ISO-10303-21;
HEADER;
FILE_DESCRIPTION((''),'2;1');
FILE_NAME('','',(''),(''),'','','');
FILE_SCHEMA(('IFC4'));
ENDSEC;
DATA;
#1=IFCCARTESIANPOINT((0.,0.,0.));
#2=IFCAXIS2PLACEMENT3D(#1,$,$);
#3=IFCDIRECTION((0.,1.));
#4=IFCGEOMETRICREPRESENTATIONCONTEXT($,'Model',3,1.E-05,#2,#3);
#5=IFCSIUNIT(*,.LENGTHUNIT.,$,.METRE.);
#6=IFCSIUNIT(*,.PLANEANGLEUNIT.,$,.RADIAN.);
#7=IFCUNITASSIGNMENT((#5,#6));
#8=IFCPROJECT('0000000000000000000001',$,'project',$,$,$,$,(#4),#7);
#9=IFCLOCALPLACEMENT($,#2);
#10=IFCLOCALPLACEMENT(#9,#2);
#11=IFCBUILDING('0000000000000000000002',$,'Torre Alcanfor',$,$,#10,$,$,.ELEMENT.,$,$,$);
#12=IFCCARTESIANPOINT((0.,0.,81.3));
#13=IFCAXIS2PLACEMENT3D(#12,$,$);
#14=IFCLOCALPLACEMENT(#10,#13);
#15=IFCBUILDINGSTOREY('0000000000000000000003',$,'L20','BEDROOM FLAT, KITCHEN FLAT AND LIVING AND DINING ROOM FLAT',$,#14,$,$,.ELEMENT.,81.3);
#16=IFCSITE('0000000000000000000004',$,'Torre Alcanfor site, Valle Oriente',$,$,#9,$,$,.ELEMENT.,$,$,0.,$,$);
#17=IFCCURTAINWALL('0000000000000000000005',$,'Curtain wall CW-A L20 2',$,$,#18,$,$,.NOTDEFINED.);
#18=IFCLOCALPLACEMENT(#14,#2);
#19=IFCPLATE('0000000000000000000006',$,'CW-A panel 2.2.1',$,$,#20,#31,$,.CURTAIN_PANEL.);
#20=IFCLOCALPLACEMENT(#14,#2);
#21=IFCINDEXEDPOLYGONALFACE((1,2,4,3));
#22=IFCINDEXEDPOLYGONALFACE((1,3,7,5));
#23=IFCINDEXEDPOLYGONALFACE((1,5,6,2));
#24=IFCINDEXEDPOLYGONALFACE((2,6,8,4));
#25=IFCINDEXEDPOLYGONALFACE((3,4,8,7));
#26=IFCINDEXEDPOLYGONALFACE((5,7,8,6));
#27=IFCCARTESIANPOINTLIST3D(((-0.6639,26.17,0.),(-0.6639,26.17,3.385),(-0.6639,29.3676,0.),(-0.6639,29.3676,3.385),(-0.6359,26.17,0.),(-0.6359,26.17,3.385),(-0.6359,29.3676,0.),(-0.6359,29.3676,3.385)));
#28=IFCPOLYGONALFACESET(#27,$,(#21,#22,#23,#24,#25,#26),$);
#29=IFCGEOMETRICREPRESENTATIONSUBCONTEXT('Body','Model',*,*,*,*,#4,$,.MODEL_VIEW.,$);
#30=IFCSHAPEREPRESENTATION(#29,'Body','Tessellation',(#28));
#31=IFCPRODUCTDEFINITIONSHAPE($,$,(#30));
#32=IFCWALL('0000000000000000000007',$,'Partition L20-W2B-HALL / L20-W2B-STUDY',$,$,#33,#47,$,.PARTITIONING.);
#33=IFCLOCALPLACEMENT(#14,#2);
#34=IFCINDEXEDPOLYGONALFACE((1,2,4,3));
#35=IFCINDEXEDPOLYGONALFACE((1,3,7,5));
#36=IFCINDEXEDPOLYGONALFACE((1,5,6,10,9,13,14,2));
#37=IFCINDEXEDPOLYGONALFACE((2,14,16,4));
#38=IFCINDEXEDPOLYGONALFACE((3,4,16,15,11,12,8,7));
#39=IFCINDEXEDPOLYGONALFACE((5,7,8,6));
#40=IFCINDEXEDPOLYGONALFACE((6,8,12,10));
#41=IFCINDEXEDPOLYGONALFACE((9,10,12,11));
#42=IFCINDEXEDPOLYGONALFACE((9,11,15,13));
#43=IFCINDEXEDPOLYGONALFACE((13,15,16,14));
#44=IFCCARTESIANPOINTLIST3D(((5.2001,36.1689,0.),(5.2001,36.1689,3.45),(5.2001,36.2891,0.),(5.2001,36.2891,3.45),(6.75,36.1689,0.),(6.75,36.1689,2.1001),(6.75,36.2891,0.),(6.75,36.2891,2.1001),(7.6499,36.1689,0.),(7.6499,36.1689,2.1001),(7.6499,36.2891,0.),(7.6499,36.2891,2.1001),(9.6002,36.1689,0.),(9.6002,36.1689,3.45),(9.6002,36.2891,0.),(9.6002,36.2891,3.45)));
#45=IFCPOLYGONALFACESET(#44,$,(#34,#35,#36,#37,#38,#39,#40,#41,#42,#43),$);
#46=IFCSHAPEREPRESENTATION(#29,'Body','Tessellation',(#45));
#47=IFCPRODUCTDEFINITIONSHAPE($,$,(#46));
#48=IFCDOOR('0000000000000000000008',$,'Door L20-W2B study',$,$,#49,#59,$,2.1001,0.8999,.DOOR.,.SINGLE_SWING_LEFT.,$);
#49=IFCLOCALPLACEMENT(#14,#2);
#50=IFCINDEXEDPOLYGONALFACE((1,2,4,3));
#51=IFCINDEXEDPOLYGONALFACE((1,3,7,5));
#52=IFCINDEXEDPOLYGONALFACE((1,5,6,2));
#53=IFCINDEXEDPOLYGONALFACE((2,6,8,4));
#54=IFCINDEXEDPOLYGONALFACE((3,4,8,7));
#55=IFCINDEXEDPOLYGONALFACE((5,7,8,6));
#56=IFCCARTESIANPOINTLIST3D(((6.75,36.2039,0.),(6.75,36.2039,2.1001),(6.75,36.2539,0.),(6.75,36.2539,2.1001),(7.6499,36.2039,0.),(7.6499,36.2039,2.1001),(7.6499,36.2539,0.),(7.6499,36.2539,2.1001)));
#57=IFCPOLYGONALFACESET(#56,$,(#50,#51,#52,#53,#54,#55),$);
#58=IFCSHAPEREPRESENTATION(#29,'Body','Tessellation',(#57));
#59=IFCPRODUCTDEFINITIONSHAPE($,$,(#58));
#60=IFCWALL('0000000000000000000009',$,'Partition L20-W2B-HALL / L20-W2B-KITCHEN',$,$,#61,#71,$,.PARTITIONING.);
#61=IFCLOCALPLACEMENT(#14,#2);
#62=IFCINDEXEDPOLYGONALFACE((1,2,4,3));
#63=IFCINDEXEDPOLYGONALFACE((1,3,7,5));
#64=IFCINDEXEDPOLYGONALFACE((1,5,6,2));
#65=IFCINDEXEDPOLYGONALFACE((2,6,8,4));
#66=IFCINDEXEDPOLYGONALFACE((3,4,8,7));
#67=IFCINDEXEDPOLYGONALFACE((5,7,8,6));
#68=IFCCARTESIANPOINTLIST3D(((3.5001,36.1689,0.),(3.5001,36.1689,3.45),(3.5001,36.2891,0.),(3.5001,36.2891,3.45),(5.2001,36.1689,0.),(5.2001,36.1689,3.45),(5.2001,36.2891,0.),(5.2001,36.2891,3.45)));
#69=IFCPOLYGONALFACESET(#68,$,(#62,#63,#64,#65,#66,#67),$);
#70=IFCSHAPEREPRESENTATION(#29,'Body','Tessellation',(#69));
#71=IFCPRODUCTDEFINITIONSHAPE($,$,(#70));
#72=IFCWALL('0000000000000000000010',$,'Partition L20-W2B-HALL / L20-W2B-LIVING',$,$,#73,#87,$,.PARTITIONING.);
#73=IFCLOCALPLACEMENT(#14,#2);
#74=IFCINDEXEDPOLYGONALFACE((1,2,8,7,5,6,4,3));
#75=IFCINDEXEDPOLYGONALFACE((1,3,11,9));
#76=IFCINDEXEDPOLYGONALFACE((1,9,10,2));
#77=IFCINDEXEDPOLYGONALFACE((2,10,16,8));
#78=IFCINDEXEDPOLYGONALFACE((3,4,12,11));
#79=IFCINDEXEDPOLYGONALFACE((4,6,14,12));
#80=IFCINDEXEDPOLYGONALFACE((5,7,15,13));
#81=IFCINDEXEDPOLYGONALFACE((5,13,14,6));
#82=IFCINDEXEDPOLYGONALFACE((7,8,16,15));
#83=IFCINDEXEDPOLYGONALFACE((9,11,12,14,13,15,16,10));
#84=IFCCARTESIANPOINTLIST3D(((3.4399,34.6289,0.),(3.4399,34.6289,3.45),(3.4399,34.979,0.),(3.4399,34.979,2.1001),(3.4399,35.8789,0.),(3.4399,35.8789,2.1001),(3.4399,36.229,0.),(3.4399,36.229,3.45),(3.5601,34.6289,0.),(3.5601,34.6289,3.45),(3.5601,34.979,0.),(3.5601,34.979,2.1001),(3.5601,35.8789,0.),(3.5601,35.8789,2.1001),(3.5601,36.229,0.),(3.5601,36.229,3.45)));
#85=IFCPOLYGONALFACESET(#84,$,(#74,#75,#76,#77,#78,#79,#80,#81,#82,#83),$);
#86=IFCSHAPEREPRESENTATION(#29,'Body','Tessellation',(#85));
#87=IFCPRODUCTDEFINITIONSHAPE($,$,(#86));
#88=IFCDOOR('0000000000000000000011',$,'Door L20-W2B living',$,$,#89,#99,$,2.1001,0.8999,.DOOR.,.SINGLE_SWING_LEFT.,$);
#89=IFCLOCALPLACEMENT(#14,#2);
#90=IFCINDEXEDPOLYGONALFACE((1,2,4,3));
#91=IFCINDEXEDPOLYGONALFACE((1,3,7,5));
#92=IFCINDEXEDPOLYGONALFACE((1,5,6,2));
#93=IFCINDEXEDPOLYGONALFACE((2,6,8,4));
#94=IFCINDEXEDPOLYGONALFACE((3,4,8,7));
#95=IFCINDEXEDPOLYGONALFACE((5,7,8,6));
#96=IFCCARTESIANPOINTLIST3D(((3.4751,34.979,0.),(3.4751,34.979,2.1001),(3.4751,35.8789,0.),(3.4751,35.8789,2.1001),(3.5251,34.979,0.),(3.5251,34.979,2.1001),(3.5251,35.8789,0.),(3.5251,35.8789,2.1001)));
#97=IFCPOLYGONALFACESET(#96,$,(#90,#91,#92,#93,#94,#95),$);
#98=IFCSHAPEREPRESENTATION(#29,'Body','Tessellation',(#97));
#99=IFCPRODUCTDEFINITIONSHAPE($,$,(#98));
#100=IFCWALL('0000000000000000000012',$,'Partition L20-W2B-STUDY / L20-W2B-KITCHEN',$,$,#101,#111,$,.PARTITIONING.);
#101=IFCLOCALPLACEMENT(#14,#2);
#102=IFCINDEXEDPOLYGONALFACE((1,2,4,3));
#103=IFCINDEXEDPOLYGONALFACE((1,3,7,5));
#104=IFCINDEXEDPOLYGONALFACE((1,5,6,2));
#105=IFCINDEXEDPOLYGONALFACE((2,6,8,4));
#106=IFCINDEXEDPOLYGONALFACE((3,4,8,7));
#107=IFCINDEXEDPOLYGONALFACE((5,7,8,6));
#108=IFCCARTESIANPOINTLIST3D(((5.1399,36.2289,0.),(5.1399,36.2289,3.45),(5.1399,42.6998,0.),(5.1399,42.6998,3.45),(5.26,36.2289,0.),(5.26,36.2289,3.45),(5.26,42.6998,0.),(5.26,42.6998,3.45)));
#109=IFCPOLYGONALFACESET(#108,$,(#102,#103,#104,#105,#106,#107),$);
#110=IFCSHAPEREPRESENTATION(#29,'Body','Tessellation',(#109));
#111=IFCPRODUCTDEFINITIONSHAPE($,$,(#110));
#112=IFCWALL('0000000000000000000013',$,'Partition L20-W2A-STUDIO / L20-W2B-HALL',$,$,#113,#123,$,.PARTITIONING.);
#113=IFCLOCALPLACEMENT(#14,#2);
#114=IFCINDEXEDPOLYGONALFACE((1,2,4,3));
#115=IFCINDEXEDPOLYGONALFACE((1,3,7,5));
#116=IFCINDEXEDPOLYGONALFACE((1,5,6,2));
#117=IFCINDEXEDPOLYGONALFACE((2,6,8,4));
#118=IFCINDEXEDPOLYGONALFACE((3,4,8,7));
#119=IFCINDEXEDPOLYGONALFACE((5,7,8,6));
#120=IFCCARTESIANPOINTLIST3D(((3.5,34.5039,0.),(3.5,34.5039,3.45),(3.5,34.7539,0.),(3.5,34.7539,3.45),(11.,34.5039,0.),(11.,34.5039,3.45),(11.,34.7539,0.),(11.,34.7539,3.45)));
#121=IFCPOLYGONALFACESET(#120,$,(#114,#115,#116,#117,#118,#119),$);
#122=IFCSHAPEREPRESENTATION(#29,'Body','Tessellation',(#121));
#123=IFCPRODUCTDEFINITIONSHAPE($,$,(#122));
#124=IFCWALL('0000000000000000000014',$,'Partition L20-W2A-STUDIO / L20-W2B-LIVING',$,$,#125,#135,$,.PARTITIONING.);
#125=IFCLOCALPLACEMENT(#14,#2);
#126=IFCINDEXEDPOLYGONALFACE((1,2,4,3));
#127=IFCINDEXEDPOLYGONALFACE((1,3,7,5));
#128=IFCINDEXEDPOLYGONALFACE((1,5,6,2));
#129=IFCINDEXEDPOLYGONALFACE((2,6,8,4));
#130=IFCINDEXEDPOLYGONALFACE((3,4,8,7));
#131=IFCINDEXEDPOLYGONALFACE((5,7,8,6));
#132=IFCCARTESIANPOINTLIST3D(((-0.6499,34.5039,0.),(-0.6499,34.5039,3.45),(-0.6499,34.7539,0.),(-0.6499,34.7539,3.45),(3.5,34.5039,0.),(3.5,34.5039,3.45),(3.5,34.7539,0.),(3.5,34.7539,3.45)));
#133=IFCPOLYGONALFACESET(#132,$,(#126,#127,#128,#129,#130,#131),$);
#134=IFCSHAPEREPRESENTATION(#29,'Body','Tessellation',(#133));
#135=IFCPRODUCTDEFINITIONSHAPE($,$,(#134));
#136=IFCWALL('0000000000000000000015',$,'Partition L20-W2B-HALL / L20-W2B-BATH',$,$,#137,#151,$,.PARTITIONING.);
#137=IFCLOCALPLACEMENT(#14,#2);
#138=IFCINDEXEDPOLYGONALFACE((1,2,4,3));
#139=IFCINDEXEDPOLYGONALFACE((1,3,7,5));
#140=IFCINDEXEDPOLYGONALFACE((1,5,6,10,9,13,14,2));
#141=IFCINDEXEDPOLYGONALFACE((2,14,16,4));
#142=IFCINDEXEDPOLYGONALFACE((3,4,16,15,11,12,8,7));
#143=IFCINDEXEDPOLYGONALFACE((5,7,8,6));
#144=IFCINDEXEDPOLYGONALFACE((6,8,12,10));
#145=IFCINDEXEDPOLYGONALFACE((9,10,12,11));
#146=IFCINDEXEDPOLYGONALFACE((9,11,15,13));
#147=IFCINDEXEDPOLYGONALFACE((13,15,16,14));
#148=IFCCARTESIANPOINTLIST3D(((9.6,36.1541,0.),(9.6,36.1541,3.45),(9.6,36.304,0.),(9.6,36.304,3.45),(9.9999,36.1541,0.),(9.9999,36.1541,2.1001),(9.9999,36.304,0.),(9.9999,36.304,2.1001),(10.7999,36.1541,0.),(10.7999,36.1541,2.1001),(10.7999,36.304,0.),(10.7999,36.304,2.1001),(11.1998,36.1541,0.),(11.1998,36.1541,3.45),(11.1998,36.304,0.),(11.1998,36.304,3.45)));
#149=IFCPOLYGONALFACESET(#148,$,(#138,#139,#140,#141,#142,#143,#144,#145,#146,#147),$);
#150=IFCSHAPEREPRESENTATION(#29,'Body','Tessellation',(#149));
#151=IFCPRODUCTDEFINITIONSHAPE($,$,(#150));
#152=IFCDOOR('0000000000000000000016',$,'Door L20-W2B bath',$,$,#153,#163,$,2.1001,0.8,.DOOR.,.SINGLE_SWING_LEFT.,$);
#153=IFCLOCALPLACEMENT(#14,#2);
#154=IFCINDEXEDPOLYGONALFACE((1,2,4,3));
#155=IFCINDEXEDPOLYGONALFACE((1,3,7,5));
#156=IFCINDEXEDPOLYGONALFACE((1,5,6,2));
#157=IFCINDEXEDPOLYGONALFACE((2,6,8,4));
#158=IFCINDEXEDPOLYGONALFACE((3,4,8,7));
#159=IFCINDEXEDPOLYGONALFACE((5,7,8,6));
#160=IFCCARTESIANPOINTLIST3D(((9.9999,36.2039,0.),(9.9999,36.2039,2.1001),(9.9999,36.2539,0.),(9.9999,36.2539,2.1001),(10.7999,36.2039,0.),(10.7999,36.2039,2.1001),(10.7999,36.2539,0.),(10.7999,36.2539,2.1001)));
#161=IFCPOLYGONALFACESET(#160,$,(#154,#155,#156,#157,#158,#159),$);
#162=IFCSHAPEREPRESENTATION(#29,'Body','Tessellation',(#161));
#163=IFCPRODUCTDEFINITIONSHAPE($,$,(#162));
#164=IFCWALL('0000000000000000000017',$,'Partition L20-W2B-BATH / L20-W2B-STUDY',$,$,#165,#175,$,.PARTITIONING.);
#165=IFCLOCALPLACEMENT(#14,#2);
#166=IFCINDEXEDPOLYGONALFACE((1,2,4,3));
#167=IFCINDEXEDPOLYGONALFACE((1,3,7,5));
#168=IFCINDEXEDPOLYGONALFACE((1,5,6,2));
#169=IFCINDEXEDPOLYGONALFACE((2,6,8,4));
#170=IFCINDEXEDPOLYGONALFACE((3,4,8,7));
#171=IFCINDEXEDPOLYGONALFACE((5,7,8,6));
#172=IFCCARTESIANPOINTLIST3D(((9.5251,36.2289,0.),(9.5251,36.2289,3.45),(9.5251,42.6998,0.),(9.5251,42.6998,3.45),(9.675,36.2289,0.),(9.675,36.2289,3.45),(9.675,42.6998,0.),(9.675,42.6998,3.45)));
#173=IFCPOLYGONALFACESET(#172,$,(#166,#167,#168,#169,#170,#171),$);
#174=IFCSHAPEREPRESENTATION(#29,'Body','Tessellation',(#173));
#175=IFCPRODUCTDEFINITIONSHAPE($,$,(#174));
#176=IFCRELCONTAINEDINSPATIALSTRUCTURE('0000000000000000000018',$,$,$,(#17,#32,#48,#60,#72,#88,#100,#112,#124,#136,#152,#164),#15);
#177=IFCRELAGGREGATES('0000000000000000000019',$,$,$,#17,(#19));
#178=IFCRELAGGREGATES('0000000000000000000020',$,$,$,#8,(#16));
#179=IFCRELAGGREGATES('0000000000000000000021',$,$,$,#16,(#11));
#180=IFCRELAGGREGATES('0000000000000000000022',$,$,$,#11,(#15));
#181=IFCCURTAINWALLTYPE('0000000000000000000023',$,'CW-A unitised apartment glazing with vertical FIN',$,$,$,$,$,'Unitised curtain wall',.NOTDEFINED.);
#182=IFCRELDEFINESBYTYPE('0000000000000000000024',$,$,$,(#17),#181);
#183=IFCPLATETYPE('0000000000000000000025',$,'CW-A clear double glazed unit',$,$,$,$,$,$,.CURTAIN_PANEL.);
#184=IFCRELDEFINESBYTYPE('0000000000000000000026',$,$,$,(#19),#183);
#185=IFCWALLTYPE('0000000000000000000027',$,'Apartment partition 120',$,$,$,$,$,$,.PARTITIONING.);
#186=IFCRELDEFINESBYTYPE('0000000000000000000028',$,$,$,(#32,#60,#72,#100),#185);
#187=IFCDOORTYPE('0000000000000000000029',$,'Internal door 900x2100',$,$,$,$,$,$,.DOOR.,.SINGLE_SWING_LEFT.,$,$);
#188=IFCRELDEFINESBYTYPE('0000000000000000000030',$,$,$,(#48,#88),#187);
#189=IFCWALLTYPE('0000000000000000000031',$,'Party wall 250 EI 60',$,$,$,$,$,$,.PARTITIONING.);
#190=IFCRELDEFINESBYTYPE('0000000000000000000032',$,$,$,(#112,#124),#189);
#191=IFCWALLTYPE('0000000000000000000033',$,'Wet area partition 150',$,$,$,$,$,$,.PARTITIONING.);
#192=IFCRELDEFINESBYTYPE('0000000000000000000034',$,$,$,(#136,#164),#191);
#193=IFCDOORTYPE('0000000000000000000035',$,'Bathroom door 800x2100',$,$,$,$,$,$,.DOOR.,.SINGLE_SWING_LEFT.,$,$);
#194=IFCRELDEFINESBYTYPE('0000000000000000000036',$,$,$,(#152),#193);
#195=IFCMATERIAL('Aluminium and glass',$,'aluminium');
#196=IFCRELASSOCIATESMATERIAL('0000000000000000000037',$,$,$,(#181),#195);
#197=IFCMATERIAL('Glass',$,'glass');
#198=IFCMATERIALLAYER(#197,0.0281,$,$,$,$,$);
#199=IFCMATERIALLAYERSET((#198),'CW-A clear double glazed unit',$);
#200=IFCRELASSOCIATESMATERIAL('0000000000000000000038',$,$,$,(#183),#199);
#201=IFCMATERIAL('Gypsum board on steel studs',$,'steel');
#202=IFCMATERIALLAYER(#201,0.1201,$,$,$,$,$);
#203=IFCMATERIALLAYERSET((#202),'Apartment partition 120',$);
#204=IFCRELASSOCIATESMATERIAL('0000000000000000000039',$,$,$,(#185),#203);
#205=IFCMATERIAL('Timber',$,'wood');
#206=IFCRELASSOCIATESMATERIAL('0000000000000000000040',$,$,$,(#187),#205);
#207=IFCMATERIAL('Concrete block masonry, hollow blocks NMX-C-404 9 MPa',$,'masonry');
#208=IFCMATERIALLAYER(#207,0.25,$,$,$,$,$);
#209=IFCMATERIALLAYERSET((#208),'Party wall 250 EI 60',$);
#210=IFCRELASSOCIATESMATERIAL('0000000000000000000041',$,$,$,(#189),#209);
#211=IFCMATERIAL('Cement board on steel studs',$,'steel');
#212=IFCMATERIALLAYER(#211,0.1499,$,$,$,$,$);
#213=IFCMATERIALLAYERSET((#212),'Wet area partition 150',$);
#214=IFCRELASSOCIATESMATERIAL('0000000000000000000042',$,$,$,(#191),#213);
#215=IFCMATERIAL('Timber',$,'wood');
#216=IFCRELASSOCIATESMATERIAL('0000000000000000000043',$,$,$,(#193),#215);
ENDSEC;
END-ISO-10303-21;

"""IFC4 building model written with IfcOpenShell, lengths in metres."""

from ifc_helpers import new_model, si_unit, direction, frame, frame_2d, origin, origin_2d, place, context, subcontext, project, spatial, rectangle, extrude, material, layer, layer_set, type_object, element, fill, aggregate, save


model = new_model("IFC4")

# Units and contexts
model_context = context("Model", 3, precision=1e-05, world=origin(), true_north=direction((0.0, 1.0)))
body_context = subcontext(model_context, "Body", "Model", "MODEL_VIEW")
ifc_project = project(units=[si_unit("LENGTHUNIT", "METRE"), si_unit("PLANEANGLEUNIT", "RADIAN")], contexts=[model_context])

# Site, building, storey
site_placement = place(None, origin())
site = spatial("IfcSite", under=ifc_project, at=site_placement, Name="Torre Alcanfor site, Valle Oriente", CompositionType="ELEMENT", RefElevation=0.0)
building_placement = place(site_placement, origin())
building = spatial("IfcBuilding", under=site, at=building_placement, Name="Torre Alcanfor", CompositionType="ELEMENT")
storey_placement = place(building_placement, frame((0.0, 0.0, 81.3)))
storey = spatial("IfcBuildingStorey", under=building, at=storey_placement, Name="L20", Description="BEDROOM FLAT, KITCHEN FLAT AND LIVING AND DINING ROOM FLAT", CompositionType="ELEMENT", Elevation=81.3)

# Curtain wall
ifc_material_1 = material(Name="Aluminium and glass", Category="aluminium")
curtain_wall_type = type_object("IfcCurtainWallType", Name="CW-A unitised apartment glazing with vertical FIN", ElementType="Unitised curtain wall", PredefinedType="NOTDEFINED", material=ifc_material_1)
curtain_wall_placement = place(storey_placement, origin())
curtain_wall = element("IfcCurtainWall", 1, at=curtain_wall_placement, inside=storey, type_object=curtain_wall_type, Name="Curtain wall CW-A L20 2", PredefinedType="NOTDEFINED")

# Plate
ifc_material_2 = material(Name="Glass", Category="glass")
ifc_layer_1 = layer(ifc_material_2, 0.0281)
ifc_layer_set_1 = layer_set([ifc_layer_1], Name="CW-A clear double glazed unit")
plate_type = type_object("IfcPlateType", Name="CW-A clear double glazed unit", PredefinedType="CURTAIN_PANEL", material=ifc_layer_set_1)
plate_1_placement = place(storey_placement, frame((-0.6499, 27.7688, 0.0), z_axis=(0.0, 0.0, 1.0), x_axis=(0.0, -1.0, 0.0)))
plate_1 = element("IfcPlate", 2, at=plate_1_placement, type_object=plate_type, Name="CW-A panel 2.2.1", PredefinedType="CURTAIN_PANEL", context=body_context, shape_type="SweptSolid", body=[
    extrude(rectangle(XDim=3.1975, YDim=0.0281, at=origin_2d()), origin(), (0.0, 0.0, 1.0), 3.385),
])
aggregate(curtain_wall, [plate_1])

# Wall, opening, door
ifc_material_3 = material(Name="Gypsum board on steel studs", Category="steel")
ifc_layer_2 = layer(ifc_material_3, 0.1201)
ifc_layer_set_2 = layer_set([ifc_layer_2], Name="Apartment partition 120")
wall_type_1 = type_object("IfcWallType", Name="Apartment partition 120", PredefinedType="PARTITIONING", material=ifc_layer_set_2)
wall_1_placement = place(storey_placement, frame((5.2, 36.229, 0.0), z_axis=(0.0, 0.0, 1.0), x_axis=(1.0, 0.0, 0.0)))
wall_1 = element("IfcWall", 3, at=wall_1_placement, inside=storey, type_object=wall_type_1, Name="Partition L20-W2B-HALL / L20-W2B-STUDY", PredefinedType="PARTITIONING", context=body_context, shape_type="SweptSolid", body=[
    extrude(rectangle(XDim=4.4001, YDim=0.1201, at=frame_2d((2.2002, 0.0))), origin(), (0.0, 0.0, 1.0), 3.45),
])
opening_1_placement = place(wall_1_placement, frame((1.55, 0.0, 0.0)))
opening_1 = element("IfcOpeningElement", 4, at=opening_1_placement, cuts=wall_1, PredefinedType="OPENING", context=body_context, shape_type="SweptSolid", body=[
    extrude(rectangle(XDim=0.8999, YDim=2.1001, at=frame_2d((0.45, 1.05))), frame((0.0, 0.0701, 0.0), z_axis=(0.0, -1.0, 0.0), x_axis=(1.0, 0.0, 0.0)), (0.0, 0.0, 1.0), 0.1401),
])
ifc_material_4 = material(Name="Timber", Category="wood")
door_type_1 = type_object("IfcDoorType", Name="Internal door 900x2100", OperationType="SINGLE_SWING_LEFT", PredefinedType="DOOR", material=ifc_material_4)
door_1_placement = place(opening_1_placement, origin())
door_1 = element("IfcDoor", 5, at=door_1_placement, inside=storey, type_object=door_type_1, Name="Door L20-W2B study", OperationType="SINGLE_SWING_LEFT", OverallHeight=2.1001, OverallWidth=0.8999, PredefinedType="DOOR", context=body_context, shape_type="SweptSolid", body=[
    extrude(rectangle(XDim=0.8999, YDim=2.1001, at=frame_2d((0.45, 1.05))), frame((0.0, 0.0249, 0.0), z_axis=(0.0, -1.0, 0.0), x_axis=(1.0, 0.0, 0.0)), (0.0, 0.0, 1.0), 0.05),
])
fill(opening_1, door_1)

# Wall
wall_2_placement = place(storey_placement, frame((3.5, 36.229, 0.0), z_axis=(0.0, 0.0, 1.0), x_axis=(1.0, 0.0, 0.0)))
element("IfcWall", 6, at=wall_2_placement, inside=storey, type_object=wall_type_1, Name="Partition L20-W2B-HALL / L20-W2B-KITCHEN", PredefinedType="PARTITIONING", context=body_context, shape_type="SweptSolid", body=[
    extrude(rectangle(XDim=1.7, YDim=0.1201, at=frame_2d((0.8501, 0.0))), origin(), (0.0, 0.0, 1.0), 3.45),
])

# Wall, opening, door
wall_3_placement = place(storey_placement, frame((3.5, 34.6289, 0.0), z_axis=(0.0, 0.0, 1.0), x_axis=(0.0, 1.0, 0.0)))
wall_3 = element("IfcWall", 7, at=wall_3_placement, inside=storey, type_object=wall_type_1, Name="Partition L20-W2B-HALL / L20-W2B-LIVING", PredefinedType="PARTITIONING", context=body_context, shape_type="SweptSolid", body=[
    extrude(rectangle(XDim=1.6001, YDim=0.1201, at=frame_2d((0.8, 0.0))), origin(), (0.0, 0.0, 1.0), 3.45),
])
opening_2_placement = place(wall_3_placement, frame((0.3501, 0.0, 0.0)))
opening_2 = element("IfcOpeningElement", 8, at=opening_2_placement, cuts=wall_3, PredefinedType="OPENING", context=body_context, shape_type="SweptSolid", body=[
    extrude(rectangle(XDim=0.8999, YDim=2.1001, at=frame_2d((0.45, 1.05))), frame((0.0, 0.0701, 0.0), z_axis=(0.0, -1.0, 0.0), x_axis=(1.0, 0.0, 0.0)), (0.0, 0.0, 1.0), 0.1401),
])
door_2_placement = place(opening_2_placement, origin())
door_2 = element("IfcDoor", 9, at=door_2_placement, inside=storey, type_object=door_type_1, Name="Door L20-W2B living", OperationType="SINGLE_SWING_LEFT", OverallHeight=2.1001, OverallWidth=0.8999, PredefinedType="DOOR", context=body_context, shape_type="SweptSolid", body=[
    extrude(rectangle(XDim=0.8999, YDim=2.1001, at=frame_2d((0.45, 1.05))), frame((0.0, 0.0249, 0.0), z_axis=(0.0, -1.0, 0.0), x_axis=(1.0, 0.0, 0.0)), (0.0, 0.0, 1.0), 0.05),
])
fill(opening_2, door_2)

# Walls
wall_4_placement = place(storey_placement, frame((5.2, 36.229, 0.0), z_axis=(0.0, 0.0, 1.0), x_axis=(0.0, 1.0, 0.0)))
element("IfcWall", 10, at=wall_4_placement, inside=storey, type_object=wall_type_1, Name="Partition L20-W2B-STUDY / L20-W2B-KITCHEN", PredefinedType="PARTITIONING", context=body_context, shape_type="SweptSolid", body=[
    extrude(rectangle(XDim=6.4709, YDim=0.1201, at=frame_2d((3.2354, 0.0))), origin(), (0.0, 0.0, 1.0), 3.45),
])
ifc_material_5 = material(Name="Concrete block masonry, hollow blocks NMX-C-404 9 MPa", Category="masonry")
ifc_layer_3 = layer(ifc_material_5, 0.25)
ifc_layer_set_3 = layer_set([ifc_layer_3], Name="Party wall 250 EI 60")
wall_type_2 = type_object("IfcWallType", Name="Party wall 250 EI 60", PredefinedType="PARTITIONING", material=ifc_layer_set_3)
wall_5_placement = place(storey_placement, frame((3.5, 34.6289, 0.0), z_axis=(0.0, 0.0, 1.0), x_axis=(1.0, 0.0, 0.0)))
element("IfcWall", 11, at=wall_5_placement, inside=storey, type_object=wall_type_2, Name="Partition L20-W2A-STUDIO / L20-W2B-HALL", PredefinedType="PARTITIONING", context=body_context, shape_type="SweptSolid", body=[
    extrude(rectangle(XDim=7.5, YDim=0.25, at=frame_2d((3.75, 0.0))), origin(), (0.0, 0.0, 1.0), 3.45),
])
wall_6_placement = place(storey_placement, frame((-0.6499, 34.6289, 0.0), z_axis=(0.0, 0.0, 1.0), x_axis=(1.0, 0.0, 0.0)))
element("IfcWall", 12, at=wall_6_placement, inside=storey, type_object=wall_type_2, Name="Partition L20-W2A-STUDIO / L20-W2B-LIVING", PredefinedType="PARTITIONING", context=body_context, shape_type="SweptSolid", body=[
    extrude(rectangle(XDim=4.1499, YDim=0.25, at=frame_2d((2.075, 0.0))), origin(), (0.0, 0.0, 1.0), 3.45),
])

# Wall, opening, door
ifc_material_6 = material(Name="Cement board on steel studs", Category="steel")
ifc_layer_4 = layer(ifc_material_6, 0.1499)
ifc_layer_set_4 = layer_set([ifc_layer_4], Name="Wet area partition 150")
wall_type_3 = type_object("IfcWallType", Name="Wet area partition 150", PredefinedType="PARTITIONING", material=ifc_layer_set_4)
wall_7_placement = place(storey_placement, frame((9.6001, 36.229, 0.0), z_axis=(0.0, 0.0, 1.0), x_axis=(1.0, 0.0, 0.0)))
wall_7 = element("IfcWall", 13, at=wall_7_placement, inside=storey, type_object=wall_type_3, Name="Partition L20-W2B-HALL / L20-W2B-BATH", PredefinedType="PARTITIONING", context=body_context, shape_type="SweptSolid", body=[
    extrude(rectangle(XDim=1.5999, YDim=0.1499, at=frame_2d((0.7998, 0.0))), origin(), (0.0, 0.0, 1.0), 3.45),
])
opening_3_placement = place(wall_7_placement, frame((0.3999, 0.0, 0.0)))
opening_3 = element("IfcOpeningElement", 14, at=opening_3_placement, cuts=wall_7, PredefinedType="OPENING", context=body_context, shape_type="SweptSolid", body=[
    extrude(rectangle(XDim=0.8, YDim=2.1001, at=frame_2d((0.3999, 1.05))), frame((0.0, 0.085, 0.0), z_axis=(0.0, -1.0, 0.0), x_axis=(1.0, 0.0, 0.0)), (0.0, 0.0, 1.0), 0.1699),
])
ifc_material_7 = material(Name="Timber", Category="wood")
door_type_2 = type_object("IfcDoorType", Name="Bathroom door 800x2100", OperationType="SINGLE_SWING_LEFT", PredefinedType="DOOR", material=ifc_material_7)
door_3_placement = place(opening_3_placement, origin())
door_3 = element("IfcDoor", 15, at=door_3_placement, inside=storey, type_object=door_type_2, Name="Door L20-W2B bath", OperationType="SINGLE_SWING_LEFT", OverallHeight=2.1001, OverallWidth=0.8, PredefinedType="DOOR", context=body_context, shape_type="SweptSolid", body=[
    extrude(rectangle(XDim=0.8, YDim=2.1001, at=frame_2d((0.3999, 1.05))), frame((0.0, 0.0249, 0.0), z_axis=(0.0, -1.0, 0.0), x_axis=(1.0, 0.0, 0.0)), (0.0, 0.0, 1.0), 0.05),
])
fill(opening_3, door_3)

# Wall
wall_8_placement = place(storey_placement, frame((9.6001, 36.229, 0.0), z_axis=(0.0, 0.0, 1.0), x_axis=(0.0, 1.0, 0.0)))
element("IfcWall", 16, at=wall_8_placement, inside=storey, type_object=wall_type_3, Name="Partition L20-W2B-BATH / L20-W2B-STUDY", PredefinedType="PARTITIONING", context=body_context, shape_type="SweptSolid", body=[
    extrude(rectangle(XDim=6.4709, YDim=0.1499, at=frame_2d((3.2354, 0.0))), origin(), (0.0, 0.0, 1.0), 3.45),
])

save(model, "model.ifc")
